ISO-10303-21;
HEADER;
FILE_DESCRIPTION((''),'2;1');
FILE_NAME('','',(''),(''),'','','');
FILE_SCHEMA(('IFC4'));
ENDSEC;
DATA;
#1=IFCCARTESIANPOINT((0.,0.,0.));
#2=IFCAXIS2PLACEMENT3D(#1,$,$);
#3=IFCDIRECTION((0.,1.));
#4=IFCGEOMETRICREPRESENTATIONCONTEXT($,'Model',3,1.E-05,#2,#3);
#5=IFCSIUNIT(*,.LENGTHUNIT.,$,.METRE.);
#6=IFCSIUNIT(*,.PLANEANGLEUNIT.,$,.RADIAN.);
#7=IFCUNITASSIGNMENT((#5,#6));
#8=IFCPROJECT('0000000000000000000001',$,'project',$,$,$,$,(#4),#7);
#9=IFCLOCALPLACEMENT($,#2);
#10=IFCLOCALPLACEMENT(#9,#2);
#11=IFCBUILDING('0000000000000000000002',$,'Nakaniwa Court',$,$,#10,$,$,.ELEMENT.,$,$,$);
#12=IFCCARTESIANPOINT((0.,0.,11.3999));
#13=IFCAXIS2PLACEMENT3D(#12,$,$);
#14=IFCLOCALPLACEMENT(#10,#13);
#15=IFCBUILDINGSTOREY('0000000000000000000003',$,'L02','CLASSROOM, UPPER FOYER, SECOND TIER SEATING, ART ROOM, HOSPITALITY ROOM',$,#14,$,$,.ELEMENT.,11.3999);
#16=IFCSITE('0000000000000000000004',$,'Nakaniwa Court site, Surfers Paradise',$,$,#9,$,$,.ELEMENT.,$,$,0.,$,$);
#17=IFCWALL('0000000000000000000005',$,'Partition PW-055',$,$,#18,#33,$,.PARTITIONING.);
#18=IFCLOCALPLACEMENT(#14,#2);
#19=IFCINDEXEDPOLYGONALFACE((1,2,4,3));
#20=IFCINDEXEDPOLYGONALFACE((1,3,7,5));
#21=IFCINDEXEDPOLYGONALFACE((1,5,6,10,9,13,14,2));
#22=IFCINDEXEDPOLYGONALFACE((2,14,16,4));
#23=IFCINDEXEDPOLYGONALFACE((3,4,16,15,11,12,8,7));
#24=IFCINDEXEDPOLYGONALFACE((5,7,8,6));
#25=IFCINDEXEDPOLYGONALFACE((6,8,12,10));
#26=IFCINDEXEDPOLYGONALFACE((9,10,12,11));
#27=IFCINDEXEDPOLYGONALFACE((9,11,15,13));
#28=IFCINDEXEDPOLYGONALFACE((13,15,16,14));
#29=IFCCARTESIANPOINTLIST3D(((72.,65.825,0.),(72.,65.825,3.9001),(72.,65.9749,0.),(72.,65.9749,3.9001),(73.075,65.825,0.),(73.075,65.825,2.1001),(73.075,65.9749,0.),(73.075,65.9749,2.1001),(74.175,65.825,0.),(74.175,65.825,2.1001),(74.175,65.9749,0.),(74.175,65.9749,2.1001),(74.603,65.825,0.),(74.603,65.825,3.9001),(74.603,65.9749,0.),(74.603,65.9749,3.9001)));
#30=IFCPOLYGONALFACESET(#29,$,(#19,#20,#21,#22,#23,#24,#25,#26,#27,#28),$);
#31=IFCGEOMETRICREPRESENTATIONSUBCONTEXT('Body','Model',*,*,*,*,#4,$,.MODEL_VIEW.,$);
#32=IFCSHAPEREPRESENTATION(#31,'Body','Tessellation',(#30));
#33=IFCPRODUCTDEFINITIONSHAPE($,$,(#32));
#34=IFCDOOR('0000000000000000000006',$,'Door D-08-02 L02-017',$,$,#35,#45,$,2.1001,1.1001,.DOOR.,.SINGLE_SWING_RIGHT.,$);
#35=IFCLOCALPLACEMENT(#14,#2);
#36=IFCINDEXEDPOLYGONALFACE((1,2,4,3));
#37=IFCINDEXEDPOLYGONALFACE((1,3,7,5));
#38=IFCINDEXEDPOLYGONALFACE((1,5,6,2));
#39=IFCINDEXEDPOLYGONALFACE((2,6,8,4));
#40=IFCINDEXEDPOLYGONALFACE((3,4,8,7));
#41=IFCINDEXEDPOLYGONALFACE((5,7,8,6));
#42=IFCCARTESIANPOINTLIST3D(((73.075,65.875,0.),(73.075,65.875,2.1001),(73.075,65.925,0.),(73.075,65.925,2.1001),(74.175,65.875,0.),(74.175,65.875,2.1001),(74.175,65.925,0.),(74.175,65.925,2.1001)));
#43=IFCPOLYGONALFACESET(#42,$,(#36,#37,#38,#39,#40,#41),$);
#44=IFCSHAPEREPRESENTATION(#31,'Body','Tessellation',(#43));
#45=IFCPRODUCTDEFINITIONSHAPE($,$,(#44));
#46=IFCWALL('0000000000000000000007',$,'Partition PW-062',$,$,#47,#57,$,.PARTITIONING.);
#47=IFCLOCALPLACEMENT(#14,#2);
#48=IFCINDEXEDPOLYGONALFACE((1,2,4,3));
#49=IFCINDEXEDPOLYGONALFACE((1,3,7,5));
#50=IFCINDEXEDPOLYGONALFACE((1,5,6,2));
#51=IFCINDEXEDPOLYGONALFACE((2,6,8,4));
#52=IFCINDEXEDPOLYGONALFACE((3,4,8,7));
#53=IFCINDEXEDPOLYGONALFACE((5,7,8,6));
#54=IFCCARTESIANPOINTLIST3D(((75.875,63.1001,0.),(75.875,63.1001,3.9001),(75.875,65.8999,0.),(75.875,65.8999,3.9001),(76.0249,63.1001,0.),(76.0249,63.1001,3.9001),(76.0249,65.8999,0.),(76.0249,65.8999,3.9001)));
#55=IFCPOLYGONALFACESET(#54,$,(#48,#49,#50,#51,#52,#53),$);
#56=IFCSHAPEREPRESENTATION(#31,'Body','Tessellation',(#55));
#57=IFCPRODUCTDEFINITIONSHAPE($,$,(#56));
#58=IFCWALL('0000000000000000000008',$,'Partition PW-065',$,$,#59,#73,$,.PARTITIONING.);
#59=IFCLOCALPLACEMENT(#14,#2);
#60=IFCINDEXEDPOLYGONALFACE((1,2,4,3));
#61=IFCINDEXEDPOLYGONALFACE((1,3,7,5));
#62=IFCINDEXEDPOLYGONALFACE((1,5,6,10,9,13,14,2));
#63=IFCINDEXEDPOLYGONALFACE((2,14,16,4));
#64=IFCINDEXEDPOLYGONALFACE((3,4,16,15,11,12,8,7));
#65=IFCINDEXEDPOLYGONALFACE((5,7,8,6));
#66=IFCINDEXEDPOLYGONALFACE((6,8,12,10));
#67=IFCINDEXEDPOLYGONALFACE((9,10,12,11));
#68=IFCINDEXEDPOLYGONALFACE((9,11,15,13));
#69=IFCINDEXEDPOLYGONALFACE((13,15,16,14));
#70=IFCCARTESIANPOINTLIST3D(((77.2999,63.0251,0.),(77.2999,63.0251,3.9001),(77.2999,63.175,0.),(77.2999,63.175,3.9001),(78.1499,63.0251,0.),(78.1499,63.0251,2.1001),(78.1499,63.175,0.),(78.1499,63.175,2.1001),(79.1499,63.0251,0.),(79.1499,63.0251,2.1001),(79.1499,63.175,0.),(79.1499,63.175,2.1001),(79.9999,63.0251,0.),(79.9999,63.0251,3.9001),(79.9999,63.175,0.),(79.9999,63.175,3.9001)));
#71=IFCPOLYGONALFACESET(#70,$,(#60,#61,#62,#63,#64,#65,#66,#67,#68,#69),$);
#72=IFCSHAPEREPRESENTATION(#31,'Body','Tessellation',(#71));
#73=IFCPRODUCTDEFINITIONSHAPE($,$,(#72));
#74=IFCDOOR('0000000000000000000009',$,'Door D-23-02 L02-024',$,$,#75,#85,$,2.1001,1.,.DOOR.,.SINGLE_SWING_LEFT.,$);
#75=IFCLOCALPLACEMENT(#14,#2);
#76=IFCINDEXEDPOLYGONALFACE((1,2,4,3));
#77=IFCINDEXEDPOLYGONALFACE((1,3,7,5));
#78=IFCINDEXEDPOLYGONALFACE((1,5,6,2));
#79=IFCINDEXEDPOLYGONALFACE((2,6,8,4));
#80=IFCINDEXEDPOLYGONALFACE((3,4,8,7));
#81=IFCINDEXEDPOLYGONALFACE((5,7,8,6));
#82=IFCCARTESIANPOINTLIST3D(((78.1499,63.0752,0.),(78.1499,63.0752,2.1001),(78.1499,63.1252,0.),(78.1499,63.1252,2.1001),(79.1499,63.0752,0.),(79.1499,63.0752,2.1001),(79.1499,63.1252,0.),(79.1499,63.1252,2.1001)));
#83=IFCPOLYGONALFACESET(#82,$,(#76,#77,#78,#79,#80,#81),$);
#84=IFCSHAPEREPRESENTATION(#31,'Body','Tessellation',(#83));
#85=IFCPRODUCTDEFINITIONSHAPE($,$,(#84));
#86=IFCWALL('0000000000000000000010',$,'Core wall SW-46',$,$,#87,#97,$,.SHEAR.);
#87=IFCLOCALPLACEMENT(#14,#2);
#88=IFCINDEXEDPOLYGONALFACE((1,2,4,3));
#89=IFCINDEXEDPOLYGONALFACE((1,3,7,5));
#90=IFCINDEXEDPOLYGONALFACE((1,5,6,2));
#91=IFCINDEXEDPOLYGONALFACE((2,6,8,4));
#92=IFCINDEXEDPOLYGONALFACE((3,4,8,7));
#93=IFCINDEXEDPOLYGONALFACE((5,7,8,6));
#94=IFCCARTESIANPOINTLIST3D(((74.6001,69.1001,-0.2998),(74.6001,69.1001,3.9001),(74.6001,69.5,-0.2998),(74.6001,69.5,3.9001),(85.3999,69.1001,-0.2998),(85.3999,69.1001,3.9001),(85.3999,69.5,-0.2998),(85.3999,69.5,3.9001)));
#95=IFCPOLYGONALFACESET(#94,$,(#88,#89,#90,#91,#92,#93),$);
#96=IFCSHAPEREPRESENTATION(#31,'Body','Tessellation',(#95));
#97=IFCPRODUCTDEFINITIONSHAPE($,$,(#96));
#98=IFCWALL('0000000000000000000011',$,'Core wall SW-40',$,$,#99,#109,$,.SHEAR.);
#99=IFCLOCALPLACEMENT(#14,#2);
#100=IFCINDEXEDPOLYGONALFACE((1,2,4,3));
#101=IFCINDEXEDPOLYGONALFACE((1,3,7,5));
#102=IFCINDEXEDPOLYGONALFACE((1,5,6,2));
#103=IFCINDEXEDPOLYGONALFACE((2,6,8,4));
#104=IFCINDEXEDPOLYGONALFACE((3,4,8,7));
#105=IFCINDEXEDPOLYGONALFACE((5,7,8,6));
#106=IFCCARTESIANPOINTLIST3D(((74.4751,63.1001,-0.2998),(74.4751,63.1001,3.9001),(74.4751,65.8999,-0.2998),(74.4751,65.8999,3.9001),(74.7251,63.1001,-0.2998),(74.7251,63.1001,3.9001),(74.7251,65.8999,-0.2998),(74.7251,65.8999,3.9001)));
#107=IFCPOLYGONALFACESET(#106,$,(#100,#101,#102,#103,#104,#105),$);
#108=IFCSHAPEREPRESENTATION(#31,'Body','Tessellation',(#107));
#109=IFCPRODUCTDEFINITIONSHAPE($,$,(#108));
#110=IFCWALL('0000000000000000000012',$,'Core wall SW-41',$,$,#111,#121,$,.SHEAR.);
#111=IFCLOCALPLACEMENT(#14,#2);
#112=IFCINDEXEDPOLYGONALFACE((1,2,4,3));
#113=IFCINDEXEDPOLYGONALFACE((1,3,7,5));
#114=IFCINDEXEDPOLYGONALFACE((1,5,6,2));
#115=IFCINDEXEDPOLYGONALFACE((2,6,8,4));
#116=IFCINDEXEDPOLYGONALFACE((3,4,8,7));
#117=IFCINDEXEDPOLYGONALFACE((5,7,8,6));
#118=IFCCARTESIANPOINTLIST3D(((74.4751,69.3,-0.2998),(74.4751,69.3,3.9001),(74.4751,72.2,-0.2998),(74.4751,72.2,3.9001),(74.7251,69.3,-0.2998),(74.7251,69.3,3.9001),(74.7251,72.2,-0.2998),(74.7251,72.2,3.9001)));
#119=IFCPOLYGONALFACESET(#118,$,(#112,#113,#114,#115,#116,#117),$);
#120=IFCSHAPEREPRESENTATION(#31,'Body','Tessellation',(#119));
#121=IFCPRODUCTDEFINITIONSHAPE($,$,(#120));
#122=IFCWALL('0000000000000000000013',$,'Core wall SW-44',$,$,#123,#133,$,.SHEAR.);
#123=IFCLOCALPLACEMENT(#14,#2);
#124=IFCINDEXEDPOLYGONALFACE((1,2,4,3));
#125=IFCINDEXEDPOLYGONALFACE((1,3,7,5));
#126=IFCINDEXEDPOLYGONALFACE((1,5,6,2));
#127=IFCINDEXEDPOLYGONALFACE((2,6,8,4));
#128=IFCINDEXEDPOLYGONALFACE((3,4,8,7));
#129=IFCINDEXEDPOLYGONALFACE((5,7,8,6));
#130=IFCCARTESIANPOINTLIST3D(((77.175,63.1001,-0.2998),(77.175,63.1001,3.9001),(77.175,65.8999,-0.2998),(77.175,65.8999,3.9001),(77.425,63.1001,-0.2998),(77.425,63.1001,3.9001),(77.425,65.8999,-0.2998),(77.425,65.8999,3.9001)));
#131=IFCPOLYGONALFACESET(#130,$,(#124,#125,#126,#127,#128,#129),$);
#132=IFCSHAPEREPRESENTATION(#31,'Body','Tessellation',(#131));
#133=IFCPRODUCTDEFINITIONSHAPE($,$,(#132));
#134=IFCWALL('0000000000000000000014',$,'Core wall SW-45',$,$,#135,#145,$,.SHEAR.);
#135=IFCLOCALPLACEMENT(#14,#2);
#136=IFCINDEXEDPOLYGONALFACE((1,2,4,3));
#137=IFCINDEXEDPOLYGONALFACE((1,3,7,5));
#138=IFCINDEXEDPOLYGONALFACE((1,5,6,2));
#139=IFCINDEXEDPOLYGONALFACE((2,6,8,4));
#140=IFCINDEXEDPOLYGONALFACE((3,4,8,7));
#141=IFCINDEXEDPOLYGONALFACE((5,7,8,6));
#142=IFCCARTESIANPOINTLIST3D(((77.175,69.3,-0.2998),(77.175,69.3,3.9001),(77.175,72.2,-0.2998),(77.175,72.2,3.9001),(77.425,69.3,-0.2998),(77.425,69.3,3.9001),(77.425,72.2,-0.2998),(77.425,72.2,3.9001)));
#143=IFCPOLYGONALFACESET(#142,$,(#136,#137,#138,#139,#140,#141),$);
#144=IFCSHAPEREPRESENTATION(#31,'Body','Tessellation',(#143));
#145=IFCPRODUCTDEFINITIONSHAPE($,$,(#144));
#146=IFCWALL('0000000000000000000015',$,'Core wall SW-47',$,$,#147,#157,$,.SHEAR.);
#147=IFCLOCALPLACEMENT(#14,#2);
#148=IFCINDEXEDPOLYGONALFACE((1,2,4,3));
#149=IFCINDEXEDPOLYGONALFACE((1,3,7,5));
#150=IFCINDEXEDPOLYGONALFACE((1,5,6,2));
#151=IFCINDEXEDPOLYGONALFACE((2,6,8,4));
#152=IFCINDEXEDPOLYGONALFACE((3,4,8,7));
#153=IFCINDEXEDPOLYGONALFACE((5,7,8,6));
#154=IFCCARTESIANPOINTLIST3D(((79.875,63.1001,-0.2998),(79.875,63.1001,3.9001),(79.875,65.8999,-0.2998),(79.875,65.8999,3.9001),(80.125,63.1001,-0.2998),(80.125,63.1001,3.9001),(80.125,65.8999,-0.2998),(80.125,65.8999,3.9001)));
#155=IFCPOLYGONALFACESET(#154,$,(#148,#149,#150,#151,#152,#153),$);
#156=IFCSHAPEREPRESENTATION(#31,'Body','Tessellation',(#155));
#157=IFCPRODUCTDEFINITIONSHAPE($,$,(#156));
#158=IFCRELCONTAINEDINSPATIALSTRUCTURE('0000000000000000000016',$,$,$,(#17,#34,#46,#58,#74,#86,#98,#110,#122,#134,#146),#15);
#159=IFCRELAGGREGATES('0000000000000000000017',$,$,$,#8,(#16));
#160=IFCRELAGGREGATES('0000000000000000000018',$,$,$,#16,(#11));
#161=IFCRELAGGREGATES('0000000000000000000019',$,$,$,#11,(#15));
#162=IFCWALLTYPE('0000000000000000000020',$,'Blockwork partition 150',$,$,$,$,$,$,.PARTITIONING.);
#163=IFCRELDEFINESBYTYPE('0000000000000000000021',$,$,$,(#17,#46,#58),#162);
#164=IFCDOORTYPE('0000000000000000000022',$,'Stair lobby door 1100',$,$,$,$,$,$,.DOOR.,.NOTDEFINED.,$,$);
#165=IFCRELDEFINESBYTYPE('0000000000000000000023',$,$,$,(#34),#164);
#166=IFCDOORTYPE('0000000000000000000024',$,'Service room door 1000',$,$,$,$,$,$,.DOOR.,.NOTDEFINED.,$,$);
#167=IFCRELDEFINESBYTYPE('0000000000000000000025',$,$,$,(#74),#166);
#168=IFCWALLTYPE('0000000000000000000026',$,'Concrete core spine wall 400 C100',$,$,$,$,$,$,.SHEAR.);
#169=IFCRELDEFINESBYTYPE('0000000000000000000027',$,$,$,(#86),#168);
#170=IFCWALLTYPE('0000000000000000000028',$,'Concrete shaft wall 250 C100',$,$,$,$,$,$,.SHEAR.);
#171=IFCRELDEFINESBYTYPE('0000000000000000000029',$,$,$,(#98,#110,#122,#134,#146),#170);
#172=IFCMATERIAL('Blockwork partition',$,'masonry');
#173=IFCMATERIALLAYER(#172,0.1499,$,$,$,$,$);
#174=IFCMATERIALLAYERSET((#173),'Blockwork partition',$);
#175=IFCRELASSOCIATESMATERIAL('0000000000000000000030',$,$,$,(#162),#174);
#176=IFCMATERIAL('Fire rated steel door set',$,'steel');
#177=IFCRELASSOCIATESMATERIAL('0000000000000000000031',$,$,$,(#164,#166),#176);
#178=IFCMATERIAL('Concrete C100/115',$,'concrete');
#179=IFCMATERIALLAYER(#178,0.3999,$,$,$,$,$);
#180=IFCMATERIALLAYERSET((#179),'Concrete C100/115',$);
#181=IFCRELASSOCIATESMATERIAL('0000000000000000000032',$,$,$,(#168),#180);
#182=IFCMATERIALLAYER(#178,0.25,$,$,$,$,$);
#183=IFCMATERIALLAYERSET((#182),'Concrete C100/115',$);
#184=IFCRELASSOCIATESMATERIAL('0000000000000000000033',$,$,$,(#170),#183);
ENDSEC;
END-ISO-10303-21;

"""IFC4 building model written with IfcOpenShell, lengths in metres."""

from ifc_helpers import new_model, si_unit, direction, frame, frame_2d, origin, place, context, subcontext, project, spatial, rectangle, extrude, material, layer, layer_set, type_object, element, fill, save


model = new_model("IFC4")

# Units and contexts
model_context = context("Model", 3, precision=1e-05, world=origin(), true_north=direction((0.0, 1.0)))
body_context = subcontext(model_context, "Body", "Model", "MODEL_VIEW")
ifc_project = project(units=[si_unit("LENGTHUNIT", "METRE"), si_unit("PLANEANGLEUNIT", "RADIAN")], contexts=[model_context])

# Site, building, storey
site_placement = place(None, origin())
site = spatial("IfcSite", under=ifc_project, at=site_placement, Name="Nakaniwa Court site, Surfers Paradise", CompositionType="ELEMENT", RefElevation=0.0)
building_placement = place(site_placement, origin())
building = spatial("IfcBuilding", under=site, at=building_placement, Name="Nakaniwa Court", CompositionType="ELEMENT")
storey_placement = place(building_placement, frame((0.0, 0.0, 11.3999)))
storey = spatial("IfcBuildingStorey", under=building, at=storey_placement, Name="L02", Description="CLASSROOM, UPPER FOYER, SECOND TIER SEATING, ART ROOM, HOSPITALITY ROOM", CompositionType="ELEMENT", Elevation=11.3999)

# Wall, opening, door
ifc_material_1 = material(Name="Blockwork partition", Category="masonry")
ifc_layer_1 = layer(ifc_material_1, 0.1499)
ifc_layer_set_1 = layer_set([ifc_layer_1], Name="Blockwork partition")
wall_type_1 = type_object("IfcWallType", Name="Blockwork partition 150", PredefinedType="PARTITIONING", material=ifc_layer_set_1)
wall_1_placement = place(storey_placement, frame((74.603, 65.8999, 0.0), z_axis=(0.0, 0.0, 1.0), x_axis=(-1.0, 0.0, 0.0)))
wall_1 = element("IfcWall", 1, at=wall_1_placement, inside=storey, type_object=wall_type_1, Name="Partition PW-055", PredefinedType="PARTITIONING", context=body_context, shape_type="SweptSolid", body=[
    extrude(rectangle(XDim=2.603, YDim=0.1499, at=frame_2d((1.3015, 0.0))), origin(), (0.0, 0.0, 1.0), 3.9001),
])
opening_1_placement = place(wall_1_placement, frame((0.428, 0.0, 0.0)))
opening_1 = element("IfcOpeningElement", 2, at=opening_1_placement, cuts=wall_1, PredefinedType="OPENING", context=body_context, shape_type="SweptSolid", body=[
    extrude(rectangle(XDim=1.1001, YDim=2.1001, at=frame_2d((0.55, 1.05))), frame((0.0, 0.085, 0.0), z_axis=(0.0, -1.0, 0.0), x_axis=(1.0, 0.0, 0.0)), (0.0, 0.0, 1.0), 0.1699),
])
ifc_material_2 = material(Name="Fire rated steel door set", Category="steel")
door_type_1 = type_object("IfcDoorType", Name="Stair lobby door 1100", OperationType="NOTDEFINED", PredefinedType="DOOR", material=ifc_material_2)
door_1_placement = place(opening_1_placement, origin())
door_1 = element("IfcDoor", 3, at=door_1_placement, inside=storey, type_object=door_type_1, Name="Door D-08-02 L02-017", OperationType="SINGLE_SWING_RIGHT", OverallHeight=2.1001, OverallWidth=1.1001, PredefinedType="DOOR", context=body_context, shape_type="SweptSolid", body=[
    extrude(rectangle(XDim=1.1001, YDim=2.1001, at=frame_2d((0.55, 1.05))), frame((0.0, 0.0249, 0.0), z_axis=(0.0, -1.0, 0.0), x_axis=(1.0, 0.0, 0.0)), (0.0, 0.0, 1.0), 0.05),
])
fill(opening_1, door_1)

# Wall
wall_2_placement = place(storey_placement, frame((75.95, 63.1001, 0.0), z_axis=(0.0, 0.0, 1.0), x_axis=(0.0, 1.0, 0.0)))
element("IfcWall", 4, at=wall_2_placement, inside=storey, type_object=wall_type_1, Name="Partition PW-062", PredefinedType="PARTITIONING", context=body_context, shape_type="SweptSolid", body=[
    extrude(rectangle(XDim=2.7998, YDim=0.1499, at=frame_2d((1.3999, 0.0))), origin(), (0.0, 0.0, 1.0), 3.9001),
])

# Wall, opening, door
wall_3_placement = place(storey_placement, frame((80.0, 63.1001, 0.0), z_axis=(0.0, 0.0, 1.0), x_axis=(-1.0, 0.0, 0.0)))
wall_3 = element("IfcWall", 5, at=wall_3_placement, inside=storey, type_object=wall_type_1, Name="Partition PW-065", PredefinedType="PARTITIONING", context=body_context, shape_type="SweptSolid", body=[
    extrude(rectangle(XDim=2.7, YDim=0.1499, at=frame_2d((1.3501, 0.0))), origin(), (0.0, 0.0, 1.0), 3.9001),
])
opening_2_placement = place(wall_3_placement, frame((0.8501, 0.0, 0.0)))
opening_2 = element("IfcOpeningElement", 6, at=opening_2_placement, cuts=wall_3, PredefinedType="OPENING", context=body_context, shape_type="SweptSolid", body=[
    extrude(rectangle(XDim=1.0, YDim=2.1001, at=frame_2d((0.5, 1.05))), frame((0.0, 0.085, 0.0), z_axis=(0.0, -1.0, 0.0), x_axis=(1.0, 0.0, 0.0)), (0.0, 0.0, 1.0), 0.1699),
])
door_type_2 = type_object("IfcDoorType", Name="Service room door 1000", OperationType="NOTDEFINED", PredefinedType="DOOR", material=ifc_material_2)
door_2_placement = place(opening_2_placement, origin())
door_2 = element("IfcDoor", 7, at=door_2_placement, inside=storey, type_object=door_type_2, Name="Door D-23-02 L02-024", OperationType="SINGLE_SWING_LEFT", OverallHeight=2.1001, OverallWidth=1.0, PredefinedType="DOOR", context=body_context, shape_type="SweptSolid", body=[
    extrude(rectangle(XDim=1.0, YDim=2.1001, at=frame_2d((0.5, 1.05))), frame((0.0, 0.0249, 0.0), z_axis=(0.0, -1.0, 0.0), x_axis=(1.0, 0.0, 0.0)), (0.0, 0.0, 1.0), 0.05),
])
fill(opening_2, door_2)

# Walls
ifc_material_3 = material(Name="Concrete C100/115", Category="concrete")
ifc_layer_2 = layer(ifc_material_3, 0.3999)
ifc_layer_set_2 = layer_set([ifc_layer_2], Name="Concrete C100/115")
wall_type_2 = type_object("IfcWallType", Name="Concrete core spine wall 400 C100", PredefinedType="SHEAR", material=ifc_layer_set_2)
wall_4_placement = place(storey_placement, frame((74.6001, 69.3, -0.2998), z_axis=(0.0, 0.0, 1.0), x_axis=(1.0, 0.0, 0.0)))
element("IfcWall", 8, at=wall_4_placement, inside=storey, type_object=wall_type_2, Name="Core wall SW-46", PredefinedType="SHEAR", context=body_context, shape_type="SweptSolid", body=[
    extrude(rectangle(XDim=10.7998, YDim=0.3999, at=frame_2d((5.3999, 0.0))), origin(), (0.0, 0.0, 1.0), 4.2),
])
ifc_layer_3 = layer(ifc_material_3, 0.25)
ifc_layer_set_3 = layer_set([ifc_layer_3], Name="Concrete C100/115")
wall_type_3 = type_object("IfcWallType", Name="Concrete shaft wall 250 C100", PredefinedType="SHEAR", material=ifc_layer_set_3)
wall_5_placement = place(storey_placement, frame((74.6001, 63.1001, -0.2998), z_axis=(0.0, 0.0, 1.0), x_axis=(0.0, 1.0, 0.0)))
element("IfcWall", 9, at=wall_5_placement, inside=storey, type_object=wall_type_3, Name="Core wall SW-40", PredefinedType="SHEAR", context=body_context, shape_type="SweptSolid", body=[
    extrude(rectangle(XDim=2.7998, YDim=0.25, at=frame_2d((1.3999, 0.0))), origin(), (0.0, 0.0, 1.0), 4.2),
])
wall_6_placement = place(storey_placement, frame((74.6001, 69.3, -0.2998), z_axis=(0.0, 0.0, 1.0), x_axis=(0.0, 1.0, 0.0)))
element("IfcWall", 10, at=wall_6_placement, inside=storey, type_object=wall_type_3, Name="Core wall SW-41", PredefinedType="SHEAR", context=body_context, shape_type="SweptSolid", body=[
    extrude(rectangle(XDim=2.8999, YDim=0.25, at=frame_2d((1.45, 0.0))), origin(), (0.0, 0.0, 1.0), 4.2),
])
wall_7_placement = place(storey_placement, frame((77.3, 63.1001, -0.2998), z_axis=(0.0, 0.0, 1.0), x_axis=(0.0, 1.0, 0.0)))
element("IfcWall", 11, at=wall_7_placement, inside=storey, type_object=wall_type_3, Name="Core wall SW-44", PredefinedType="SHEAR", context=body_context, shape_type="SweptSolid", body=[
    extrude(rectangle(XDim=2.7998, YDim=0.25, at=frame_2d((1.3999, 0.0))), origin(), (0.0, 0.0, 1.0), 4.2),
])
wall_8_placement = place(storey_placement, frame((77.3, 69.3, -0.2998), z_axis=(0.0, 0.0, 1.0), x_axis=(0.0, 1.0, 0.0)))
element("IfcWall", 12, at=wall_8_placement, inside=storey, type_object=wall_type_3, Name="Core wall SW-45", PredefinedType="SHEAR", context=body_context, shape_type="SweptSolid", body=[
    extrude(rectangle(XDim=2.8999, YDim=0.25, at=frame_2d((1.45, 0.0))), origin(), (0.0, 0.0, 1.0), 4.2),
])
wall_9_placement = place(storey_placement, frame((80.0, 63.1001, -0.2998), z_axis=(0.0, 0.0, 1.0), x_axis=(0.0, 1.0, 0.0)))
element("IfcWall", 13, at=wall_9_placement, inside=storey, type_object=wall_type_3, Name="Core wall SW-47", PredefinedType="SHEAR", context=body_context, shape_type="SweptSolid", body=[
    extrude(rectangle(XDim=2.7998, YDim=0.25, at=frame_2d((1.3999, 0.0))), origin(), (0.0, 0.0, 1.0), 4.2),
])

save(model, "model.ifc")
